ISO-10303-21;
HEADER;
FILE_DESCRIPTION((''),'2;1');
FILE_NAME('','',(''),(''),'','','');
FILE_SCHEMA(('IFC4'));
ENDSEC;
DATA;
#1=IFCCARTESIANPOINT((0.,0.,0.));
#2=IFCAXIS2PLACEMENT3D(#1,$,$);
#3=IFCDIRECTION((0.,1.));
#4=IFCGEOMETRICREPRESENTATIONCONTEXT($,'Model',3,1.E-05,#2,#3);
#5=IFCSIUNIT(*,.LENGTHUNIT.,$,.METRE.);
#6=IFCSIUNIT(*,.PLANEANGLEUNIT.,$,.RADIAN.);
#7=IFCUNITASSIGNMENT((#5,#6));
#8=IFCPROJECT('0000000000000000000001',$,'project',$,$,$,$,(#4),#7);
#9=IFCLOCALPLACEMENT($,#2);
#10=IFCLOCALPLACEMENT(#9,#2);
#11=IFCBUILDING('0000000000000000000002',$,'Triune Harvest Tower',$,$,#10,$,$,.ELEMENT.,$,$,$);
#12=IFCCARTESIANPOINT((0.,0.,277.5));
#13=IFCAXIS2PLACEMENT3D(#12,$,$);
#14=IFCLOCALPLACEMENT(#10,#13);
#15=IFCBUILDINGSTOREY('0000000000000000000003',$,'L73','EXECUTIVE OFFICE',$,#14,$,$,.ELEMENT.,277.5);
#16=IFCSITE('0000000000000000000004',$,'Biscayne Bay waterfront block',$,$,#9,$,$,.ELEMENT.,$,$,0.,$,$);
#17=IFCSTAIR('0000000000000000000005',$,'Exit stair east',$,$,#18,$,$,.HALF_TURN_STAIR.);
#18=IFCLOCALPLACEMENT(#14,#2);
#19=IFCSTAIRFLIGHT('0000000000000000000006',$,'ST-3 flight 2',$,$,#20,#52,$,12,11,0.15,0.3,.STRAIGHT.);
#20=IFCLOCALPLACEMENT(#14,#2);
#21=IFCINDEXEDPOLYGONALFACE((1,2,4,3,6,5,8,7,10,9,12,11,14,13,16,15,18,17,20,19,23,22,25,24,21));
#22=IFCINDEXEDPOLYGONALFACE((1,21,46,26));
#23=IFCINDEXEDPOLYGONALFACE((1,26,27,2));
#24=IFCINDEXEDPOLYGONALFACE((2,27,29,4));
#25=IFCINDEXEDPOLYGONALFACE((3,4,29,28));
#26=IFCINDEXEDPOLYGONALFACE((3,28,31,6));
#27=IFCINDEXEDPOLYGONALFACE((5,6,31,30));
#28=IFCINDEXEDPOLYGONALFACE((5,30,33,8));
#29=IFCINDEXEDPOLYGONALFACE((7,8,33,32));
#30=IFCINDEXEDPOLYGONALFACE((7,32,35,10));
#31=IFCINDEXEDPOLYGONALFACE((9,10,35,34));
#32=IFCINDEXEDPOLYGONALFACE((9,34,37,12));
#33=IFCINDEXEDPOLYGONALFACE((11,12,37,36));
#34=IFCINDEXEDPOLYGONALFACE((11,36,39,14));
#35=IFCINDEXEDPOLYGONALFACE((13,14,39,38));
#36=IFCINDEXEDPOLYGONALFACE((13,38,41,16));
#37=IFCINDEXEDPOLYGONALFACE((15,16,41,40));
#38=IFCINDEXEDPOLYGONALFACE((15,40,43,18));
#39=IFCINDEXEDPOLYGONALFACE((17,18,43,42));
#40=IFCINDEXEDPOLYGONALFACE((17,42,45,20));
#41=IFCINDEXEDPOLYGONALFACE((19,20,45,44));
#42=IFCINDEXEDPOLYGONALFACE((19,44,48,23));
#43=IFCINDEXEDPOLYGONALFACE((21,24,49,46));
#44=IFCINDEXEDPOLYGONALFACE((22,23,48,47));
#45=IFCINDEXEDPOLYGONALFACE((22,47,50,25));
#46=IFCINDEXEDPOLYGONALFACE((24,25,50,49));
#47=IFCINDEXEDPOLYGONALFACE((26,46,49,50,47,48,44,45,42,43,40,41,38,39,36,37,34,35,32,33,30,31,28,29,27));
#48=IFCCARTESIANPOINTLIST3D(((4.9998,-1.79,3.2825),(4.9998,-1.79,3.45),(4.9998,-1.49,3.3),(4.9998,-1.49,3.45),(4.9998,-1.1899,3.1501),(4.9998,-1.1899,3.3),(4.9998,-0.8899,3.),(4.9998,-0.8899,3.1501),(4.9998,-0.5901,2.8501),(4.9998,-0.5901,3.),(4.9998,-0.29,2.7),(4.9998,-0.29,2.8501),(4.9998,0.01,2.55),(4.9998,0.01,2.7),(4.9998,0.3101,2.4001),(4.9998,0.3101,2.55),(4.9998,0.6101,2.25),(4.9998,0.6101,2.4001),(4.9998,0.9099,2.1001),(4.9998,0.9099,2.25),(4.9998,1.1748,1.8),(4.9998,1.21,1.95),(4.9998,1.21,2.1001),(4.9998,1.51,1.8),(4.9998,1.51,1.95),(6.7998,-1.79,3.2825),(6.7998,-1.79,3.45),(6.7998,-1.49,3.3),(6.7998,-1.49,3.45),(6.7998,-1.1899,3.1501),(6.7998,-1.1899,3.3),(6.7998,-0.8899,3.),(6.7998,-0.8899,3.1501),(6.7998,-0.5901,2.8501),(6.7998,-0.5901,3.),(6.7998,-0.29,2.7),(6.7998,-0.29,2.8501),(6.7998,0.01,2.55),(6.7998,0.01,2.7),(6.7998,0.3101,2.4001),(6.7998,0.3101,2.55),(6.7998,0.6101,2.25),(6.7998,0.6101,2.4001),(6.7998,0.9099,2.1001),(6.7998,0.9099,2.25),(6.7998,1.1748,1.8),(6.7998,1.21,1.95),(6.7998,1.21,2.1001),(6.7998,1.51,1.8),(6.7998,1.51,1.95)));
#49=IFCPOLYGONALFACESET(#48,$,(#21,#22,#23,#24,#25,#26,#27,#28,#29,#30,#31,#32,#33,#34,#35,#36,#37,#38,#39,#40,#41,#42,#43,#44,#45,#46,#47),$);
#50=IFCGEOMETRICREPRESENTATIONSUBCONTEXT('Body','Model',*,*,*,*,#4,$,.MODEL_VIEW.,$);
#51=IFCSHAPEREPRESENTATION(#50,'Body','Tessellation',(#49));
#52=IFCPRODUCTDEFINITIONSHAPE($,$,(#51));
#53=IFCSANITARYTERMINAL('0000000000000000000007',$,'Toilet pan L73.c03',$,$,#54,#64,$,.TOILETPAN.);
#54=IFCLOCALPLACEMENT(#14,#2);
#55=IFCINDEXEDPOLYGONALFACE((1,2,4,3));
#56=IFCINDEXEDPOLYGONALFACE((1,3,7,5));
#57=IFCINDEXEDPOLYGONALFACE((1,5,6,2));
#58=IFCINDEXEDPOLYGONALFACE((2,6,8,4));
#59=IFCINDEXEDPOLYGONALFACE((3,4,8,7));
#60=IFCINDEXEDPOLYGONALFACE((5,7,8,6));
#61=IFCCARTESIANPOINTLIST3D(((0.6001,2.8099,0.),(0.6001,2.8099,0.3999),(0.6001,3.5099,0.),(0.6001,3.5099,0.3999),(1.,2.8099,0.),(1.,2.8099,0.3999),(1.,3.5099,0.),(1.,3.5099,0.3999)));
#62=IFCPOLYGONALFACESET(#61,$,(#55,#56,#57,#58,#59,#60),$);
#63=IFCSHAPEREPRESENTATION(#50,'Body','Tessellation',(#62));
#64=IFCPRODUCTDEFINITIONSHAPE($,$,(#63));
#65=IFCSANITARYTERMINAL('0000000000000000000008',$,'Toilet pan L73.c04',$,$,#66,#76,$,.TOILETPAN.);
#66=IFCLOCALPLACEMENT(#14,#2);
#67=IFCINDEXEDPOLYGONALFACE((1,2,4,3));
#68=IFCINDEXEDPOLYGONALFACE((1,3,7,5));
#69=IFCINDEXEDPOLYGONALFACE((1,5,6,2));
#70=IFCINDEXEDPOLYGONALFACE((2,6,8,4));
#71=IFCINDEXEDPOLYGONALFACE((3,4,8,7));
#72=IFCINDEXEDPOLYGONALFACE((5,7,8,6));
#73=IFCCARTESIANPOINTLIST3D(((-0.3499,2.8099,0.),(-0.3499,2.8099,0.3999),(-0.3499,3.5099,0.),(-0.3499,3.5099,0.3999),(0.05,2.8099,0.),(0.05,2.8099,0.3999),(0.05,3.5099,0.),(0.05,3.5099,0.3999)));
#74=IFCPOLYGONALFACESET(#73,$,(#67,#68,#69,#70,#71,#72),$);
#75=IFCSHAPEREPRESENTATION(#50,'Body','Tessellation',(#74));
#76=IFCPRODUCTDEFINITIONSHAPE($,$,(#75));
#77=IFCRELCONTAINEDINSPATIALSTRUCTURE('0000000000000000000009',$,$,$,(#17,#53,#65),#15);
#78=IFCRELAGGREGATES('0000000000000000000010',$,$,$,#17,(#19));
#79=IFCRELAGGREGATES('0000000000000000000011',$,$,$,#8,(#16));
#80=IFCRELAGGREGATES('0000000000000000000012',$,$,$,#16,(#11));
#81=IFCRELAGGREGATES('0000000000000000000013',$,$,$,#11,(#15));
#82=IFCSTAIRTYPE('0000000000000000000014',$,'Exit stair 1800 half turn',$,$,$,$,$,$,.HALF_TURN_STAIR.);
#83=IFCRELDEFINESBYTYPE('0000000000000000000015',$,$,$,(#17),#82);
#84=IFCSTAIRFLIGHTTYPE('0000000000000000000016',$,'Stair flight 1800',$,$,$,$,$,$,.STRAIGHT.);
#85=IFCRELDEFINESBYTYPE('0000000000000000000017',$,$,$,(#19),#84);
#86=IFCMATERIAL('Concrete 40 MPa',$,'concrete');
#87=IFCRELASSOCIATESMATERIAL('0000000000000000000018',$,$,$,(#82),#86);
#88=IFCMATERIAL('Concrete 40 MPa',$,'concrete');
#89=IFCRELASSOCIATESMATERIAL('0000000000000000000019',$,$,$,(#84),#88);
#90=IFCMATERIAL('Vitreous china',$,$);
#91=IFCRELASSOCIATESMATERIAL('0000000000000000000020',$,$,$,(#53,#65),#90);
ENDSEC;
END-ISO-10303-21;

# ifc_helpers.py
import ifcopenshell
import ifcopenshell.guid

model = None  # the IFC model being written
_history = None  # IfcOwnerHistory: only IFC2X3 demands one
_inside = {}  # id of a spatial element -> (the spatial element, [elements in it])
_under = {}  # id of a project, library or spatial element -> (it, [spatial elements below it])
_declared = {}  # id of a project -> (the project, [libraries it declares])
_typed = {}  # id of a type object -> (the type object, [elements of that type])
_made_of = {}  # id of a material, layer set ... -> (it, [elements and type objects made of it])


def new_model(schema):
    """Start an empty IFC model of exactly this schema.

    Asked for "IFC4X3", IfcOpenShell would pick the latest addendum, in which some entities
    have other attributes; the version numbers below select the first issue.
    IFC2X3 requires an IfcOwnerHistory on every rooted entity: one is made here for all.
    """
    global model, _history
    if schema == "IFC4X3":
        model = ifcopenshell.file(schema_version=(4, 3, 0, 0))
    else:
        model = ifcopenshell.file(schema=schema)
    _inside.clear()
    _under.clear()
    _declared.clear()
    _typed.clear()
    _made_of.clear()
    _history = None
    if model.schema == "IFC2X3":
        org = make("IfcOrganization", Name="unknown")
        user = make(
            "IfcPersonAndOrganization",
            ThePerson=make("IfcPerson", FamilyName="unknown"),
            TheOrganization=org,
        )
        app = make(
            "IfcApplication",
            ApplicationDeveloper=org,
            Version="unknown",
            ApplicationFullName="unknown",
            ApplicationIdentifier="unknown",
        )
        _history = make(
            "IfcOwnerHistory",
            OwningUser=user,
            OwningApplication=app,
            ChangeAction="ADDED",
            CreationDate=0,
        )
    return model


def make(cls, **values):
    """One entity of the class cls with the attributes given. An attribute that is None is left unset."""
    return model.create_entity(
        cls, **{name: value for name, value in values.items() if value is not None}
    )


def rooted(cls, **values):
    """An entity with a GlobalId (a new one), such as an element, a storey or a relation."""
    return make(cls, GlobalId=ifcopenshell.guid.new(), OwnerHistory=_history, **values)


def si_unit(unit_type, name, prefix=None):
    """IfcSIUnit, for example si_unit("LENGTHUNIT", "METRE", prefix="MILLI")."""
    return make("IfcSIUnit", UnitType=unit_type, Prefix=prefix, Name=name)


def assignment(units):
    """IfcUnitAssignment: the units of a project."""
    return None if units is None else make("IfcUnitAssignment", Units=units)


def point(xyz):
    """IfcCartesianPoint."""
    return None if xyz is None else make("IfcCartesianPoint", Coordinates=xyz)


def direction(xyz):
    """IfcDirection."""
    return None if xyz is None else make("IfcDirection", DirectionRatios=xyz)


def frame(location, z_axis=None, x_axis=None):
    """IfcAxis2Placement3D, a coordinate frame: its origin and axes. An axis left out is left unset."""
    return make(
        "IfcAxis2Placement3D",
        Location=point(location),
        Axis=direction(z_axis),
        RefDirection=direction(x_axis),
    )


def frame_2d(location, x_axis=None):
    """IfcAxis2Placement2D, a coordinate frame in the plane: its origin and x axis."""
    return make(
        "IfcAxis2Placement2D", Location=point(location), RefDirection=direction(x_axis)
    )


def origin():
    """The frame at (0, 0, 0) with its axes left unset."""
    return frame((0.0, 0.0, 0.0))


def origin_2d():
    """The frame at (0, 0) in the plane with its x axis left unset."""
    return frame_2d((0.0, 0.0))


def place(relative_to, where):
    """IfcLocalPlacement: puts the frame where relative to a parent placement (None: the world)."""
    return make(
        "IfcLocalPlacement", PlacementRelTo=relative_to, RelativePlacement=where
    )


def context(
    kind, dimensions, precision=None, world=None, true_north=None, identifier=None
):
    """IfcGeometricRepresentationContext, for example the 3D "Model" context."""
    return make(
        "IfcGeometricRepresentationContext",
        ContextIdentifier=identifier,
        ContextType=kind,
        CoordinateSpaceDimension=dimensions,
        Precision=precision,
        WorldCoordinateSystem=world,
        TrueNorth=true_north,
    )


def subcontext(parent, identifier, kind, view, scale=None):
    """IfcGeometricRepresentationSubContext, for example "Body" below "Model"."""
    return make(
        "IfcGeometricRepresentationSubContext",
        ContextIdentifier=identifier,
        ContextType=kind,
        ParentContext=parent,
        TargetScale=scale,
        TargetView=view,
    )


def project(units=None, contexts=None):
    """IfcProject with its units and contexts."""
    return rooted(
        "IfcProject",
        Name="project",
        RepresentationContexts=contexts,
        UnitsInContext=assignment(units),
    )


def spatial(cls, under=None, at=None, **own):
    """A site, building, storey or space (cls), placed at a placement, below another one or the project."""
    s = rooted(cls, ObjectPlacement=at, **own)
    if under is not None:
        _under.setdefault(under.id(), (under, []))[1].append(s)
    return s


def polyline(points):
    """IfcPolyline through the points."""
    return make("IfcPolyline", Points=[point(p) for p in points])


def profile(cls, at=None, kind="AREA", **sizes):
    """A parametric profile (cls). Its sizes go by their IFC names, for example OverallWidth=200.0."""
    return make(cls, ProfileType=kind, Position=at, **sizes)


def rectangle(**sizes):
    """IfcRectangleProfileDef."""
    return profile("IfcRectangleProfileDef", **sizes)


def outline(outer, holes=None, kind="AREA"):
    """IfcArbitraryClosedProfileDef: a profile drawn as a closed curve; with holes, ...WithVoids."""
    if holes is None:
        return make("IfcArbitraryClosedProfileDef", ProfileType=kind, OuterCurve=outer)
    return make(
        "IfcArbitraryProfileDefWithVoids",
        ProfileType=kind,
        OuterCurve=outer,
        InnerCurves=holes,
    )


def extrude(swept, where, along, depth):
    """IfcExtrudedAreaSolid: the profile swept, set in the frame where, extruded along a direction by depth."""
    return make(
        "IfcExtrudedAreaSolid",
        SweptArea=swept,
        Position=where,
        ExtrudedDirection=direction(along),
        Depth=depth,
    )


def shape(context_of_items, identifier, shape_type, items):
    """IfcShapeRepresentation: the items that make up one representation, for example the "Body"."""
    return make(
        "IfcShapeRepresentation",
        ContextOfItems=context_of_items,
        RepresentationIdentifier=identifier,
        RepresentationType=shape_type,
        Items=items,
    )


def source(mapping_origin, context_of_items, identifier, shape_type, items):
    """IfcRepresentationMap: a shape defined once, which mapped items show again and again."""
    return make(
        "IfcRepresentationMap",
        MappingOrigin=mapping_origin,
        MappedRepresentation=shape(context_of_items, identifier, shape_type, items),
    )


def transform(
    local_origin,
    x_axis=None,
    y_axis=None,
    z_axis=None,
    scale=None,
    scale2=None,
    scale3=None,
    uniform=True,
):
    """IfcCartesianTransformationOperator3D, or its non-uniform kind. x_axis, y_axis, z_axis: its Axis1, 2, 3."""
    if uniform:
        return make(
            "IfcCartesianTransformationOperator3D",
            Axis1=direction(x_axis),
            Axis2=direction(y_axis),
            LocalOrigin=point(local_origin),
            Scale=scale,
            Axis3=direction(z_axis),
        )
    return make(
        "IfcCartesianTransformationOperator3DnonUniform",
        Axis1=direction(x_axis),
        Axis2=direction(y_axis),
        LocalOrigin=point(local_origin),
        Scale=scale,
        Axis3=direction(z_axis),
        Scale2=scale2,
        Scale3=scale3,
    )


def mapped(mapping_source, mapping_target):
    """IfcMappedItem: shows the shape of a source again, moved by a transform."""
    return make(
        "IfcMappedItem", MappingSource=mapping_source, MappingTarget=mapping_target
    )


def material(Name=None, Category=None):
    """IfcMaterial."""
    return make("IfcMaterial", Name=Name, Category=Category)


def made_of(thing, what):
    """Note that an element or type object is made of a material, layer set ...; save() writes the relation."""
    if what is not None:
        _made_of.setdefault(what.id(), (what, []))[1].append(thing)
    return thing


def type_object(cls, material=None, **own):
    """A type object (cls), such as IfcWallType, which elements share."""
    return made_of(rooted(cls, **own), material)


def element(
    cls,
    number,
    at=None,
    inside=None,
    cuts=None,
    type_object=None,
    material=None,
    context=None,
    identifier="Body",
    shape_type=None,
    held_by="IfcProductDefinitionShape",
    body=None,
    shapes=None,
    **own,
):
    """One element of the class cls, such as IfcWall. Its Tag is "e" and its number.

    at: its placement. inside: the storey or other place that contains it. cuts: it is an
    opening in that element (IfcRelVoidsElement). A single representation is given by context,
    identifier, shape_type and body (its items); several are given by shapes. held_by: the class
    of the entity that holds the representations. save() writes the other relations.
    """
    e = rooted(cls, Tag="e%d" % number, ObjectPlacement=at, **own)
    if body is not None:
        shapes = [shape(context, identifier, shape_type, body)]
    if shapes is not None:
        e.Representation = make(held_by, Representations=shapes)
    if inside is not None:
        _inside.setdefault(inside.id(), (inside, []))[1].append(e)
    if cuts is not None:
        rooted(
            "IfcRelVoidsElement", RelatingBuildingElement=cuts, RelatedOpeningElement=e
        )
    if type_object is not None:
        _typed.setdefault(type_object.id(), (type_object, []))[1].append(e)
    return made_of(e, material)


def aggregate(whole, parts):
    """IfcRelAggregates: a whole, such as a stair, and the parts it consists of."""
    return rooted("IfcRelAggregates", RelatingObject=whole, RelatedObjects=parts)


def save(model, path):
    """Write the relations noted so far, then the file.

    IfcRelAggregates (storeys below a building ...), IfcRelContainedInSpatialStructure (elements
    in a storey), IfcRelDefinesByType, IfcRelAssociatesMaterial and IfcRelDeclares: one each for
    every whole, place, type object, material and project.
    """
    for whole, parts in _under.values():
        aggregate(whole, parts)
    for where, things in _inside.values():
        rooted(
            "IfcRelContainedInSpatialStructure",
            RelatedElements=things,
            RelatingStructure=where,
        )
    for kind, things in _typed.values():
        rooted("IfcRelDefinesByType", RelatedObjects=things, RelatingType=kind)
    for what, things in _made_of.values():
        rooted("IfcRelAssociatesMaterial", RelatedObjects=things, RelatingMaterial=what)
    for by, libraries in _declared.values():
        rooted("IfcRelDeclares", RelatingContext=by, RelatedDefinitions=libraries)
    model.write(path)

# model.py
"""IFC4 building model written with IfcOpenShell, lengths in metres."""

from ifc_helpers import new_model, si_unit, direction, frame, origin, origin_2d, place, context, subcontext, project, spatial, polyline, rectangle, outline, extrude, source, transform, mapped, material, type_object, element, aggregate, save


model = new_model("IFC4")

# Units and contexts
model_context = context("Model", 3, precision=1e-05, world=origin(), true_north=direction((0.0, 1.0)))
body_context = subcontext(model_context, "Body", "Model", "MODEL_VIEW")
ifc_project = project(units=[si_unit("LENGTHUNIT", "METRE"), si_unit("PLANEANGLEUNIT", "RADIAN")], contexts=[model_context])

# Site, building, storey
site_placement = place(None, origin())
site = spatial("IfcSite", under=ifc_project, at=site_placement, Name="Biscayne Bay waterfront block", CompositionType="ELEMENT", RefElevation=0.0)
building_placement = place(site_placement, origin())
building = spatial("IfcBuilding", under=site, at=building_placement, Name="Triune Harvest Tower", CompositionType="ELEMENT")
storey_placement = place(building_placement, frame((0.0, 0.0, 277.5)))
storey = spatial("IfcBuildingStorey", under=building, at=storey_placement, Name="L73", Description="EXECUTIVE OFFICE", CompositionType="ELEMENT", Elevation=277.5)

# Stair
ifc_material_1 = material(Name="Concrete 40 MPa", Category="concrete")
stair_type = type_object("IfcStairType", Name="Exit stair 1800 half turn", PredefinedType="HALF_TURN_STAIR", material=ifc_material_1)
stair_1_placement = place(storey_placement, origin())
stair_1 = element("IfcStair", 1, at=stair_1_placement, inside=storey, type_object=stair_type, Name="Exit stair east", PredefinedType="HALF_TURN_STAIR")

# Stair flight
ifc_material_2 = material(Name="Concrete 40 MPa", Category="concrete")
stair_flight_type = type_object("IfcStairFlightType", Name="Stair flight 1800", PredefinedType="STRAIGHT", material=ifc_material_2)
shared_shape_1 = source(origin(), body_context, "Body", "SweptSolid", [
    extrude(outline(polyline([(0.0, 0.0), (0.0, 0.1499), (0.3, 0.1499), (0.3, 0.3), (0.6001, 0.3), (0.6001, 0.45), (0.8999, 0.45), (0.8999, 0.6001), (1.2, 0.6001), (1.2, 0.75), (1.5, 0.75), (1.5, 0.8999), (1.8, 0.8999), (1.8, 1.05), (2.1001, 1.05), (2.1001, 1.2), (2.3999, 1.2), (2.3999, 1.3501), (2.7, 1.3501), (2.7, 1.5), (3.0, 1.5), (3.0, 1.6499), (3.3, 1.6499), (3.3, 1.8), (3.3, 1.4824), (0.3352, 0.0), (0.0, 0.0)])), frame((0.0, 0.8999, 0.0), z_axis=(0.0, -1.0, 0.0), x_axis=(1.0, 0.0, 0.0)), (0.0, 0.0, 1.0), 1.8),
])
stair_flight_placement = place(storey_placement, frame((5.8999, 1.51, 1.8), z_axis=(0.0, 0.0, 1.0), x_axis=(0.0, -1.0, 0.0)))
stair_flight = element("IfcStairFlight", 2, at=stair_flight_placement, type_object=stair_flight_type, Name="ST-3 flight 2", NumberOfRisers=12, NumberOfTreads=11, PredefinedType="STRAIGHT", RiserHeight=0.15, TreadLength=0.3, context=body_context, shape_type="MappedRepresentation", body=[
    mapped(shared_shape_1, transform((0.0, 0.0, 0.0), scale=1.0)),
])
aggregate(stair_1, [stair_flight])

# Sanitary terminals
ifc_material_3 = material(Name="Vitreous china")
shared_shape_2 = source(origin(), body_context, "Body", "SweptSolid", [
    extrude(rectangle(XDim=0.3999, YDim=0.7, at=origin_2d()), origin(), (0.0, 0.0, 1.0), 0.3999),
])
for number, where, z_axis, x_axis, name in (
    (3, (0.8, 3.1599, 0.0), (0.0, 0.0, 1.0), (-1.0, 0.0, 0.0), "Toilet pan L73.c03"),
    (4, (-0.1499, 3.1599, 0.0), (0.0, 0.0, 1.0), (-1.0, 0.0, 0.0), "Toilet pan L73.c04"),
):
    element("IfcSanitaryTerminal", number, at=place(storey_placement, frame(where, z_axis=z_axis, x_axis=x_axis)), inside=storey, material=ifc_material_3, Name=name, PredefinedType="TOILETPAN", context=body_context, shape_type="MappedRepresentation", body=[
        mapped(shared_shape_2, transform((0.0, 0.0, 0.0), scale=1.0)),
    ])

save(model, "model.ifc")
